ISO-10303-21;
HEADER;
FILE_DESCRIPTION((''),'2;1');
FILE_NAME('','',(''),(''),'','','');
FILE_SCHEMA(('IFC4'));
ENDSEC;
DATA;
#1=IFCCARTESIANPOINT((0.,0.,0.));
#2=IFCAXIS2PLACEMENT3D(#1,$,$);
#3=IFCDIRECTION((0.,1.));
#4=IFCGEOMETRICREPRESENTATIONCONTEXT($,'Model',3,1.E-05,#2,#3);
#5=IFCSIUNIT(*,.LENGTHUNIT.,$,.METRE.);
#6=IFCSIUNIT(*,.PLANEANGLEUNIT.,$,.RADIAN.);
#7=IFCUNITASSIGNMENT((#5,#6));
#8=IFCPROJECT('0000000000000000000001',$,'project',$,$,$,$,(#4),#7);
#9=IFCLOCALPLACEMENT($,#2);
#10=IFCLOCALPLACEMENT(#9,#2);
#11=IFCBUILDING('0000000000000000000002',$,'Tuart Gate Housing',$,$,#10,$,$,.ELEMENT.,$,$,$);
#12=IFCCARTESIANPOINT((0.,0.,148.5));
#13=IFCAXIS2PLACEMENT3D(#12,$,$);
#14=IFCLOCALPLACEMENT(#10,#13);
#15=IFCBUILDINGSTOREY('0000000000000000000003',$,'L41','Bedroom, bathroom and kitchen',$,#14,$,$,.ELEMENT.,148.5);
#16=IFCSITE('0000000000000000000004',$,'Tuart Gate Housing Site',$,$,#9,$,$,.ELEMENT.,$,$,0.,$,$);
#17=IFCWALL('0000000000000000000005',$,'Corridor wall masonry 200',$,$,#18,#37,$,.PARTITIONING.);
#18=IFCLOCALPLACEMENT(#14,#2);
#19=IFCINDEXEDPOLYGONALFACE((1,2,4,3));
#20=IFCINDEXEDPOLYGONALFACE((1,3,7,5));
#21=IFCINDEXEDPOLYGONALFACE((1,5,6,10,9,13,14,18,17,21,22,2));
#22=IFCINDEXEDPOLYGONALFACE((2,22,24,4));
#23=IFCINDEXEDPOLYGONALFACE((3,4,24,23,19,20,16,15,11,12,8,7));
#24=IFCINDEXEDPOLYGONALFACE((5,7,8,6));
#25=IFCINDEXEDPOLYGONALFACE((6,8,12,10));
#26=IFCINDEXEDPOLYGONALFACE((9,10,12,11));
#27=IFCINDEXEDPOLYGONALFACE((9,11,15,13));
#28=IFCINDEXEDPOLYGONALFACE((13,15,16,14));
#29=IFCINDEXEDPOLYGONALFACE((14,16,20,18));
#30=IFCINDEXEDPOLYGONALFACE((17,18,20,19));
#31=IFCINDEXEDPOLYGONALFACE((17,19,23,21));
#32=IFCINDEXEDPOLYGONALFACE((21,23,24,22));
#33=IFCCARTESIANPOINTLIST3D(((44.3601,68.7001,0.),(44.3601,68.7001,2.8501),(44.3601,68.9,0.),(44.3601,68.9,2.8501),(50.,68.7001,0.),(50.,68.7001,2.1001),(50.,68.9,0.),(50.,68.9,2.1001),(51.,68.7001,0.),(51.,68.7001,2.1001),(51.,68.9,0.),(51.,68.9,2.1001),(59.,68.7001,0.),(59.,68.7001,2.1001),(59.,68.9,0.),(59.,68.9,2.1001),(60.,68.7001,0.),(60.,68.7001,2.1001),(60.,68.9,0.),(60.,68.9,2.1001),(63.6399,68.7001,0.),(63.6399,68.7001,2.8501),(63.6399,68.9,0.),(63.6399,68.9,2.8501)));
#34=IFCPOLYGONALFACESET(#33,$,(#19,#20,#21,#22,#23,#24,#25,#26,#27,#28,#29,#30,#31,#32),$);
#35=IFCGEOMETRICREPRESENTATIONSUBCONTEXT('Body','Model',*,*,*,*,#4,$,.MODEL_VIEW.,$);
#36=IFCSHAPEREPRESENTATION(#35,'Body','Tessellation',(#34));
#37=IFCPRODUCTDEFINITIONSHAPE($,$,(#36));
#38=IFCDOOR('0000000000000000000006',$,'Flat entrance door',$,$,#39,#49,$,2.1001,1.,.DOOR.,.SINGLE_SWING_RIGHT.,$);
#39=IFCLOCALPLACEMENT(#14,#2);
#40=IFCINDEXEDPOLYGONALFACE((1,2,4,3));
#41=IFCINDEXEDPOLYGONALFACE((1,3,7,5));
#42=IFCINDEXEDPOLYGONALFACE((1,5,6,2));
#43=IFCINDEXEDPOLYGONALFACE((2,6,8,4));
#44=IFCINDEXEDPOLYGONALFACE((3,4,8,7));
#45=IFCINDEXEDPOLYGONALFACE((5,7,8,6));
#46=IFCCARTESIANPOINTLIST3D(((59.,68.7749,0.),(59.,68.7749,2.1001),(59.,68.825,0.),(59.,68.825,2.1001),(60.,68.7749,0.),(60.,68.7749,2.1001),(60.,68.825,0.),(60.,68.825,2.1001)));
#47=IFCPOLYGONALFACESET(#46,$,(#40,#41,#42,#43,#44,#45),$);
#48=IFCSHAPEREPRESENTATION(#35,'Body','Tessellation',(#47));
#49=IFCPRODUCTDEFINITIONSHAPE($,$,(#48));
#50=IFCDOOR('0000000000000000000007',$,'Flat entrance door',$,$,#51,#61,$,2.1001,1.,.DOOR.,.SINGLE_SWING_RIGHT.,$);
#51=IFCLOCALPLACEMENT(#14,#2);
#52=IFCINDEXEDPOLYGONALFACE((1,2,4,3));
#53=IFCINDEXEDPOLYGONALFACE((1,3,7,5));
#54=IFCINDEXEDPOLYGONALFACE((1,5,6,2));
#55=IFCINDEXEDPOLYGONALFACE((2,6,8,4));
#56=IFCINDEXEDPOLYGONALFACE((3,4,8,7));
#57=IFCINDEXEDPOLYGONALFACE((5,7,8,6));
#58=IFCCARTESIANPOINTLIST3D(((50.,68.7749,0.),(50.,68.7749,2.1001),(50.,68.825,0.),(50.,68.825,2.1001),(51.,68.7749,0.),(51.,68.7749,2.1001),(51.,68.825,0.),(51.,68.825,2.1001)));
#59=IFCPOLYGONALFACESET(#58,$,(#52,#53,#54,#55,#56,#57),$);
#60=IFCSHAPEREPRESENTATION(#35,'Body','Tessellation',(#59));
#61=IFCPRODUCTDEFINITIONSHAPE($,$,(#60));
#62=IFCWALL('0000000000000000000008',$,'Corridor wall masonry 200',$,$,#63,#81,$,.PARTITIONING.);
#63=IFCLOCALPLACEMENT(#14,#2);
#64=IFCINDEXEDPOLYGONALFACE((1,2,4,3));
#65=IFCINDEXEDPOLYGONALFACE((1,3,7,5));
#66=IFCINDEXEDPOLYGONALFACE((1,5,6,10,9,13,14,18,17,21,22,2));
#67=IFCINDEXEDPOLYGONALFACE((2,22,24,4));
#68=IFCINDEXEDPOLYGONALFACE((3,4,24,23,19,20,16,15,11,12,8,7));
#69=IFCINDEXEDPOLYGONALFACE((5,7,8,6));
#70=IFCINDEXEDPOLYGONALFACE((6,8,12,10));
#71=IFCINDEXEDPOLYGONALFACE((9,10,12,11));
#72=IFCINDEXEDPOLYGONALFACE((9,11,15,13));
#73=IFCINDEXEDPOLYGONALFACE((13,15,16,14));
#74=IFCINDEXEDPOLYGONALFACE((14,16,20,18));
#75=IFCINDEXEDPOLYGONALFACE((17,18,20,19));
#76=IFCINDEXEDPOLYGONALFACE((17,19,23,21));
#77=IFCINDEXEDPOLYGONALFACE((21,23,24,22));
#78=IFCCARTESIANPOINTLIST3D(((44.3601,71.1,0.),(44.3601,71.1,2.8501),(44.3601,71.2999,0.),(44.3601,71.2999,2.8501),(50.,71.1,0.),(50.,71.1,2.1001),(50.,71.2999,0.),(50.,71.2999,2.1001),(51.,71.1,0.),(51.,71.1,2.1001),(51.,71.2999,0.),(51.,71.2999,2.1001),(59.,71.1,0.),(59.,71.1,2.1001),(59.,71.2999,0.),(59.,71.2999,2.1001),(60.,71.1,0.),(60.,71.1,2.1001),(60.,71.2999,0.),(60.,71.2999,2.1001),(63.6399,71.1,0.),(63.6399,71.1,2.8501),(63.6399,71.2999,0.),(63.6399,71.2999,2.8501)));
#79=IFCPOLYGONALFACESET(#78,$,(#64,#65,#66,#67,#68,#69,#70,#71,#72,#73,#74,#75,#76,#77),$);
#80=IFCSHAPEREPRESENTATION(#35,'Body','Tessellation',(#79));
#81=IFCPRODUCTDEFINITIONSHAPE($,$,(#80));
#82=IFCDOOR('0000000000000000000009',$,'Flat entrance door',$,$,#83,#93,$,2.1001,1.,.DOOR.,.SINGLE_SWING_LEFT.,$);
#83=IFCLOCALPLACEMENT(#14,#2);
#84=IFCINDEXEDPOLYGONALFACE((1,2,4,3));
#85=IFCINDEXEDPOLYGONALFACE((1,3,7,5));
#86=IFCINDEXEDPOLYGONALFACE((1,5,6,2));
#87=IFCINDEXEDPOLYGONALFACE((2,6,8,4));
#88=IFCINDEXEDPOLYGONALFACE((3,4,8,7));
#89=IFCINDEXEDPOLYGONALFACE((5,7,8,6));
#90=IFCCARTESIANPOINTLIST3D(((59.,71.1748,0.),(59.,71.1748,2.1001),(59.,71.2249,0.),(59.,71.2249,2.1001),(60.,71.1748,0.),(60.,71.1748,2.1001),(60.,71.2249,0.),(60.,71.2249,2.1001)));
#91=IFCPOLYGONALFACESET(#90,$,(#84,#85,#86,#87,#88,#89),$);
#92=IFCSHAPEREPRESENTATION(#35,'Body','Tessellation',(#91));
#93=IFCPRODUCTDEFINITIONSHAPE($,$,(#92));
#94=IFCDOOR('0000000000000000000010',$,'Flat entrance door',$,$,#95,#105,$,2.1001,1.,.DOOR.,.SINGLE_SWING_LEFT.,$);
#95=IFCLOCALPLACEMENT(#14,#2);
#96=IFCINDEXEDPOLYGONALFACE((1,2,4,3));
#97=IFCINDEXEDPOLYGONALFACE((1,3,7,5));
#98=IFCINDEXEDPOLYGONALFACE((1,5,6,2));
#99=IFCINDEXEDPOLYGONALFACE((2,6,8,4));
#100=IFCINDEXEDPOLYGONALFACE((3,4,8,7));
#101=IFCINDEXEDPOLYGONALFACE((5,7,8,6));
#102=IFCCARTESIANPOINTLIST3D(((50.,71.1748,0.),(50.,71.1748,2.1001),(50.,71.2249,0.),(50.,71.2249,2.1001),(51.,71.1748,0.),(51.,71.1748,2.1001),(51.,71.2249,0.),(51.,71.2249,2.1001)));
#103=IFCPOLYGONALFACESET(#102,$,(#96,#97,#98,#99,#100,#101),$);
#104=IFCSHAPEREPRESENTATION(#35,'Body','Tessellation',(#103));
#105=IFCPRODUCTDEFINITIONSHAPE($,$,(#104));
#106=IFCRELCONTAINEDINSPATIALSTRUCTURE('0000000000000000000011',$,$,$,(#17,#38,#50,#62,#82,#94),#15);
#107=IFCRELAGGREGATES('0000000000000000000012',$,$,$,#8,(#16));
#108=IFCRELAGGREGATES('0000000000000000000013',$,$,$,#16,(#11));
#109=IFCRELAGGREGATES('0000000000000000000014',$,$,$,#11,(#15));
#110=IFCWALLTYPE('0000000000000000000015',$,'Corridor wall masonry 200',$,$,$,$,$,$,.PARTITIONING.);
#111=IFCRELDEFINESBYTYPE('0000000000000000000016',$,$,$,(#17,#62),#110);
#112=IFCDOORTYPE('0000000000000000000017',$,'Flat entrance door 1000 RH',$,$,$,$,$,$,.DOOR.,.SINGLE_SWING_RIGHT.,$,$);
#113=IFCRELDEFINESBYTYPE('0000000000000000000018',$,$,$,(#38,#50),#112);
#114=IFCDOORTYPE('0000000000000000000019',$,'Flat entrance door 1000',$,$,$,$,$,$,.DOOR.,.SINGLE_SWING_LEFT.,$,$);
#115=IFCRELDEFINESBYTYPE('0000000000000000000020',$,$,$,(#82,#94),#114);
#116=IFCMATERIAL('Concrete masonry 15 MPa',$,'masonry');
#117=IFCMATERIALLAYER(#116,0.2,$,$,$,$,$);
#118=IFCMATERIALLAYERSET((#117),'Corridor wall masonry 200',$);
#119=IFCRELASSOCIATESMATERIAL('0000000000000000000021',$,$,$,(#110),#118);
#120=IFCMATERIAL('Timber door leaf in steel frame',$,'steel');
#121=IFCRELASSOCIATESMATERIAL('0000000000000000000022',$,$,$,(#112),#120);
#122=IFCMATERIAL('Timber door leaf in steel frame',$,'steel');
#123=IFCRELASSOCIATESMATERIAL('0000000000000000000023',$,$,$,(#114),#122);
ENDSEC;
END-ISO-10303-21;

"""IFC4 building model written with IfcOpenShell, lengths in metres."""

from ifc_helpers import new_model, si_unit, direction, frame, frame_2d, origin, place, context, subcontext, project, spatial, rectangle, extrude, material, layer, layer_set, type_object, element, fill, save


model = new_model("IFC4")

# Units and contexts
model_context = context("Model", 3, precision=1e-05, world=origin(), true_north=direction((0.0, 1.0)))
body_context = subcontext(model_context, "Body", "Model", "MODEL_VIEW")
ifc_project = project(units=[si_unit("LENGTHUNIT", "METRE"), si_unit("PLANEANGLEUNIT", "RADIAN")], contexts=[model_context])

# Site, building, storey
site_placement = place(None, origin())
site = spatial("IfcSite", under=ifc_project, at=site_placement, Name="Tuart Gate Housing Site", CompositionType="ELEMENT", RefElevation=0.0)
building_placement = place(site_placement, origin())
building = spatial("IfcBuilding", under=site, at=building_placement, Name="Tuart Gate Housing", CompositionType="ELEMENT")
storey_placement = place(building_placement, frame((0.0, 0.0, 148.5)))
storey = spatial("IfcBuildingStorey", under=building, at=storey_placement, Name="L41", Description="Bedroom, bathroom and kitchen", CompositionType="ELEMENT", Elevation=148.5)

# Walls, openings, doors
ifc_material_1 = material(Name="Concrete masonry 15 MPa", Category="masonry")
ifc_layer_1 = layer(ifc_material_1, 0.2)
ifc_layer_set_1 = layer_set([ifc_layer_1], Name="Corridor wall masonry 200")
wall_type_1 = type_object("IfcWallType", Name="Corridor wall masonry 200", PredefinedType="PARTITIONING", material=ifc_layer_set_1)
wall_1_placement = place(storey_placement, frame((44.3601, 68.8, 0.0), z_axis=(0.0, 0.0, 1.0), x_axis=(1.0, 0.0, 0.0)))
wall_1 = element("IfcWall", 1, at=wall_1_placement, inside=storey, type_object=wall_type_1, Name="Corridor wall masonry 200", PredefinedType="PARTITIONING", context=body_context, shape_type="SweptSolid", body=[
    extrude(rectangle(XDim=19.2798, YDim=0.2, at=frame_2d((9.6399, 0.0))), origin(), (0.0, 0.0, 1.0), 2.8501),
])
opening_1_placement = place(wall_1_placement, frame((14.6399, 0.0, 0.0)))
opening_1 = element("IfcOpeningElement", 2, at=opening_1_placement, cuts=wall_1, PredefinedType="OPENING", context=body_context, shape_type="SweptSolid", body=[
    extrude(rectangle(XDim=1.0, YDim=2.1001, at=frame_2d((0.5, 1.05))), frame((0.0, 0.1099, 0.0), z_axis=(0.0, -1.0, 0.0), x_axis=(1.0, 0.0, 0.0)), (0.0, 0.0, 1.0), 0.22),
])
opening_2_placement = place(wall_1_placement, frame((5.6399, 0.0, 0.0)))
opening_2 = element("IfcOpeningElement", 3, at=opening_2_placement, cuts=wall_1, PredefinedType="OPENING", context=body_context, shape_type="SweptSolid", body=[
    extrude(rectangle(XDim=1.0, YDim=2.1001, at=frame_2d((0.5, 1.05))), frame((0.0, 0.1099, 0.0), z_axis=(0.0, -1.0, 0.0), x_axis=(1.0, 0.0, 0.0)), (0.0, 0.0, 1.0), 0.22),
])
ifc_material_2 = material(Name="Timber door leaf in steel frame", Category="steel")
door_type_1 = type_object("IfcDoorType", Name="Flat entrance door 1000 RH", OperationType="SINGLE_SWING_RIGHT", PredefinedType="DOOR", material=ifc_material_2)
door_1_placement = place(opening_1_placement, frame((1.0, 0.0, 0.0), z_axis=(0.0, 0.0, 1.0), x_axis=(-1.0, 0.0, 0.0)))
door_1 = element("IfcDoor", 4, at=door_1_placement, inside=storey, type_object=door_type_1, Name="Flat entrance door", OperationType="SINGLE_SWING_RIGHT", OverallHeight=2.1001, OverallWidth=1.0, PredefinedType="DOOR", context=body_context, shape_type="SweptSolid", body=[
    extrude(rectangle(XDim=1.0, YDim=2.1001, at=frame_2d((0.5, 1.05))), frame((0.0, 0.0251, 0.0), z_axis=(0.0, -1.0, 0.0), x_axis=(1.0, 0.0, 0.0)), (0.0, 0.0, 1.0), 0.05),
])
fill(opening_1, door_1)
door_2_placement = place(opening_2_placement, frame((1.0, 0.0, 0.0), z_axis=(0.0, 0.0, 1.0), x_axis=(-1.0, 0.0, 0.0)))
door_2 = element("IfcDoor", 5, at=door_2_placement, inside=storey, type_object=door_type_1, Name="Flat entrance door", OperationType="SINGLE_SWING_RIGHT", OverallHeight=2.1001, OverallWidth=1.0, PredefinedType="DOOR", context=body_context, shape_type="SweptSolid", body=[
    extrude(rectangle(XDim=1.0, YDim=2.1001, at=frame_2d((0.5, 1.05))), frame((0.0, 0.0251, 0.0), z_axis=(0.0, -1.0, 0.0), x_axis=(1.0, 0.0, 0.0)), (0.0, 0.0, 1.0), 0.05),
])
fill(opening_2, door_2)
wall_2_placement = place(storey_placement, frame((44.3601, 71.2, 0.0), z_axis=(0.0, 0.0, 1.0), x_axis=(1.0, 0.0, 0.0)))
wall_2 = element("IfcWall", 6, at=wall_2_placement, inside=storey, type_object=wall_type_1, Name="Corridor wall masonry 200", PredefinedType="PARTITIONING", context=body_context, shape_type="SweptSolid", body=[
    extrude(rectangle(XDim=19.2798, YDim=0.2, at=frame_2d((9.6399, 0.0))), origin(), (0.0, 0.0, 1.0), 2.8501),
])
opening_3_placement = place(wall_2_placement, frame((14.6399, 0.0, 0.0)))
opening_3 = element("IfcOpeningElement", 7, at=opening_3_placement, cuts=wall_2, PredefinedType="OPENING", context=body_context, shape_type="SweptSolid", body=[
    extrude(rectangle(XDim=1.0, YDim=2.1001, at=frame_2d((0.5, 1.05))), frame((0.0, 0.1099, 0.0), z_axis=(0.0, -1.0, 0.0), x_axis=(1.0, 0.0, 0.0)), (0.0, 0.0, 1.0), 0.22),
])
opening_4_placement = place(wall_2_placement, frame((5.6399, 0.0, 0.0)))
opening_4 = element("IfcOpeningElement", 8, at=opening_4_placement, cuts=wall_2, PredefinedType="OPENING", context=body_context, shape_type="SweptSolid", body=[
    extrude(rectangle(XDim=1.0, YDim=2.1001, at=frame_2d((0.5, 1.05))), frame((0.0, 0.1099, 0.0), z_axis=(0.0, -1.0, 0.0), x_axis=(1.0, 0.0, 0.0)), (0.0, 0.0, 1.0), 0.22),
])
ifc_material_3 = material(Name="Timber door leaf in steel frame", Category="steel")
door_type_2 = type_object("IfcDoorType", Name="Flat entrance door 1000", OperationType="SINGLE_SWING_LEFT", PredefinedType="DOOR", material=ifc_material_3)
door_3_placement = place(opening_3_placement, origin())
door_3 = element("IfcDoor", 9, at=door_3_placement, inside=storey, type_object=door_type_2, Name="Flat entrance door", OperationType="SINGLE_SWING_LEFT", OverallHeight=2.1001, OverallWidth=1.0, PredefinedType="DOOR", context=body_context, shape_type="SweptSolid", body=[
    extrude(rectangle(XDim=1.0, YDim=2.1001, at=frame_2d((0.5, 1.05))), frame((0.0, 0.0249, 0.0), z_axis=(0.0, -1.0, 0.0), x_axis=(1.0, 0.0, 0.0)), (0.0, 0.0, 1.0), 0.05),
])
fill(opening_3, door_3)
door_4_placement = place(opening_4_placement, origin())
door_4 = element("IfcDoor", 10, at=door_4_placement, inside=storey, type_object=door_type_2, Name="Flat entrance door", OperationType="SINGLE_SWING_LEFT", OverallHeight=2.1001, OverallWidth=1.0, PredefinedType="DOOR", context=body_context, shape_type="SweptSolid", body=[
    extrude(rectangle(XDim=1.0, YDim=2.1001, at=frame_2d((0.5, 1.05))), frame((0.0, 0.0249, 0.0), z_axis=(0.0, -1.0, 0.0), x_axis=(1.0, 0.0, 0.0)), (0.0, 0.0, 1.0), 0.05),
])
fill(opening_4, door_4)

save(model, "model.ifc")
